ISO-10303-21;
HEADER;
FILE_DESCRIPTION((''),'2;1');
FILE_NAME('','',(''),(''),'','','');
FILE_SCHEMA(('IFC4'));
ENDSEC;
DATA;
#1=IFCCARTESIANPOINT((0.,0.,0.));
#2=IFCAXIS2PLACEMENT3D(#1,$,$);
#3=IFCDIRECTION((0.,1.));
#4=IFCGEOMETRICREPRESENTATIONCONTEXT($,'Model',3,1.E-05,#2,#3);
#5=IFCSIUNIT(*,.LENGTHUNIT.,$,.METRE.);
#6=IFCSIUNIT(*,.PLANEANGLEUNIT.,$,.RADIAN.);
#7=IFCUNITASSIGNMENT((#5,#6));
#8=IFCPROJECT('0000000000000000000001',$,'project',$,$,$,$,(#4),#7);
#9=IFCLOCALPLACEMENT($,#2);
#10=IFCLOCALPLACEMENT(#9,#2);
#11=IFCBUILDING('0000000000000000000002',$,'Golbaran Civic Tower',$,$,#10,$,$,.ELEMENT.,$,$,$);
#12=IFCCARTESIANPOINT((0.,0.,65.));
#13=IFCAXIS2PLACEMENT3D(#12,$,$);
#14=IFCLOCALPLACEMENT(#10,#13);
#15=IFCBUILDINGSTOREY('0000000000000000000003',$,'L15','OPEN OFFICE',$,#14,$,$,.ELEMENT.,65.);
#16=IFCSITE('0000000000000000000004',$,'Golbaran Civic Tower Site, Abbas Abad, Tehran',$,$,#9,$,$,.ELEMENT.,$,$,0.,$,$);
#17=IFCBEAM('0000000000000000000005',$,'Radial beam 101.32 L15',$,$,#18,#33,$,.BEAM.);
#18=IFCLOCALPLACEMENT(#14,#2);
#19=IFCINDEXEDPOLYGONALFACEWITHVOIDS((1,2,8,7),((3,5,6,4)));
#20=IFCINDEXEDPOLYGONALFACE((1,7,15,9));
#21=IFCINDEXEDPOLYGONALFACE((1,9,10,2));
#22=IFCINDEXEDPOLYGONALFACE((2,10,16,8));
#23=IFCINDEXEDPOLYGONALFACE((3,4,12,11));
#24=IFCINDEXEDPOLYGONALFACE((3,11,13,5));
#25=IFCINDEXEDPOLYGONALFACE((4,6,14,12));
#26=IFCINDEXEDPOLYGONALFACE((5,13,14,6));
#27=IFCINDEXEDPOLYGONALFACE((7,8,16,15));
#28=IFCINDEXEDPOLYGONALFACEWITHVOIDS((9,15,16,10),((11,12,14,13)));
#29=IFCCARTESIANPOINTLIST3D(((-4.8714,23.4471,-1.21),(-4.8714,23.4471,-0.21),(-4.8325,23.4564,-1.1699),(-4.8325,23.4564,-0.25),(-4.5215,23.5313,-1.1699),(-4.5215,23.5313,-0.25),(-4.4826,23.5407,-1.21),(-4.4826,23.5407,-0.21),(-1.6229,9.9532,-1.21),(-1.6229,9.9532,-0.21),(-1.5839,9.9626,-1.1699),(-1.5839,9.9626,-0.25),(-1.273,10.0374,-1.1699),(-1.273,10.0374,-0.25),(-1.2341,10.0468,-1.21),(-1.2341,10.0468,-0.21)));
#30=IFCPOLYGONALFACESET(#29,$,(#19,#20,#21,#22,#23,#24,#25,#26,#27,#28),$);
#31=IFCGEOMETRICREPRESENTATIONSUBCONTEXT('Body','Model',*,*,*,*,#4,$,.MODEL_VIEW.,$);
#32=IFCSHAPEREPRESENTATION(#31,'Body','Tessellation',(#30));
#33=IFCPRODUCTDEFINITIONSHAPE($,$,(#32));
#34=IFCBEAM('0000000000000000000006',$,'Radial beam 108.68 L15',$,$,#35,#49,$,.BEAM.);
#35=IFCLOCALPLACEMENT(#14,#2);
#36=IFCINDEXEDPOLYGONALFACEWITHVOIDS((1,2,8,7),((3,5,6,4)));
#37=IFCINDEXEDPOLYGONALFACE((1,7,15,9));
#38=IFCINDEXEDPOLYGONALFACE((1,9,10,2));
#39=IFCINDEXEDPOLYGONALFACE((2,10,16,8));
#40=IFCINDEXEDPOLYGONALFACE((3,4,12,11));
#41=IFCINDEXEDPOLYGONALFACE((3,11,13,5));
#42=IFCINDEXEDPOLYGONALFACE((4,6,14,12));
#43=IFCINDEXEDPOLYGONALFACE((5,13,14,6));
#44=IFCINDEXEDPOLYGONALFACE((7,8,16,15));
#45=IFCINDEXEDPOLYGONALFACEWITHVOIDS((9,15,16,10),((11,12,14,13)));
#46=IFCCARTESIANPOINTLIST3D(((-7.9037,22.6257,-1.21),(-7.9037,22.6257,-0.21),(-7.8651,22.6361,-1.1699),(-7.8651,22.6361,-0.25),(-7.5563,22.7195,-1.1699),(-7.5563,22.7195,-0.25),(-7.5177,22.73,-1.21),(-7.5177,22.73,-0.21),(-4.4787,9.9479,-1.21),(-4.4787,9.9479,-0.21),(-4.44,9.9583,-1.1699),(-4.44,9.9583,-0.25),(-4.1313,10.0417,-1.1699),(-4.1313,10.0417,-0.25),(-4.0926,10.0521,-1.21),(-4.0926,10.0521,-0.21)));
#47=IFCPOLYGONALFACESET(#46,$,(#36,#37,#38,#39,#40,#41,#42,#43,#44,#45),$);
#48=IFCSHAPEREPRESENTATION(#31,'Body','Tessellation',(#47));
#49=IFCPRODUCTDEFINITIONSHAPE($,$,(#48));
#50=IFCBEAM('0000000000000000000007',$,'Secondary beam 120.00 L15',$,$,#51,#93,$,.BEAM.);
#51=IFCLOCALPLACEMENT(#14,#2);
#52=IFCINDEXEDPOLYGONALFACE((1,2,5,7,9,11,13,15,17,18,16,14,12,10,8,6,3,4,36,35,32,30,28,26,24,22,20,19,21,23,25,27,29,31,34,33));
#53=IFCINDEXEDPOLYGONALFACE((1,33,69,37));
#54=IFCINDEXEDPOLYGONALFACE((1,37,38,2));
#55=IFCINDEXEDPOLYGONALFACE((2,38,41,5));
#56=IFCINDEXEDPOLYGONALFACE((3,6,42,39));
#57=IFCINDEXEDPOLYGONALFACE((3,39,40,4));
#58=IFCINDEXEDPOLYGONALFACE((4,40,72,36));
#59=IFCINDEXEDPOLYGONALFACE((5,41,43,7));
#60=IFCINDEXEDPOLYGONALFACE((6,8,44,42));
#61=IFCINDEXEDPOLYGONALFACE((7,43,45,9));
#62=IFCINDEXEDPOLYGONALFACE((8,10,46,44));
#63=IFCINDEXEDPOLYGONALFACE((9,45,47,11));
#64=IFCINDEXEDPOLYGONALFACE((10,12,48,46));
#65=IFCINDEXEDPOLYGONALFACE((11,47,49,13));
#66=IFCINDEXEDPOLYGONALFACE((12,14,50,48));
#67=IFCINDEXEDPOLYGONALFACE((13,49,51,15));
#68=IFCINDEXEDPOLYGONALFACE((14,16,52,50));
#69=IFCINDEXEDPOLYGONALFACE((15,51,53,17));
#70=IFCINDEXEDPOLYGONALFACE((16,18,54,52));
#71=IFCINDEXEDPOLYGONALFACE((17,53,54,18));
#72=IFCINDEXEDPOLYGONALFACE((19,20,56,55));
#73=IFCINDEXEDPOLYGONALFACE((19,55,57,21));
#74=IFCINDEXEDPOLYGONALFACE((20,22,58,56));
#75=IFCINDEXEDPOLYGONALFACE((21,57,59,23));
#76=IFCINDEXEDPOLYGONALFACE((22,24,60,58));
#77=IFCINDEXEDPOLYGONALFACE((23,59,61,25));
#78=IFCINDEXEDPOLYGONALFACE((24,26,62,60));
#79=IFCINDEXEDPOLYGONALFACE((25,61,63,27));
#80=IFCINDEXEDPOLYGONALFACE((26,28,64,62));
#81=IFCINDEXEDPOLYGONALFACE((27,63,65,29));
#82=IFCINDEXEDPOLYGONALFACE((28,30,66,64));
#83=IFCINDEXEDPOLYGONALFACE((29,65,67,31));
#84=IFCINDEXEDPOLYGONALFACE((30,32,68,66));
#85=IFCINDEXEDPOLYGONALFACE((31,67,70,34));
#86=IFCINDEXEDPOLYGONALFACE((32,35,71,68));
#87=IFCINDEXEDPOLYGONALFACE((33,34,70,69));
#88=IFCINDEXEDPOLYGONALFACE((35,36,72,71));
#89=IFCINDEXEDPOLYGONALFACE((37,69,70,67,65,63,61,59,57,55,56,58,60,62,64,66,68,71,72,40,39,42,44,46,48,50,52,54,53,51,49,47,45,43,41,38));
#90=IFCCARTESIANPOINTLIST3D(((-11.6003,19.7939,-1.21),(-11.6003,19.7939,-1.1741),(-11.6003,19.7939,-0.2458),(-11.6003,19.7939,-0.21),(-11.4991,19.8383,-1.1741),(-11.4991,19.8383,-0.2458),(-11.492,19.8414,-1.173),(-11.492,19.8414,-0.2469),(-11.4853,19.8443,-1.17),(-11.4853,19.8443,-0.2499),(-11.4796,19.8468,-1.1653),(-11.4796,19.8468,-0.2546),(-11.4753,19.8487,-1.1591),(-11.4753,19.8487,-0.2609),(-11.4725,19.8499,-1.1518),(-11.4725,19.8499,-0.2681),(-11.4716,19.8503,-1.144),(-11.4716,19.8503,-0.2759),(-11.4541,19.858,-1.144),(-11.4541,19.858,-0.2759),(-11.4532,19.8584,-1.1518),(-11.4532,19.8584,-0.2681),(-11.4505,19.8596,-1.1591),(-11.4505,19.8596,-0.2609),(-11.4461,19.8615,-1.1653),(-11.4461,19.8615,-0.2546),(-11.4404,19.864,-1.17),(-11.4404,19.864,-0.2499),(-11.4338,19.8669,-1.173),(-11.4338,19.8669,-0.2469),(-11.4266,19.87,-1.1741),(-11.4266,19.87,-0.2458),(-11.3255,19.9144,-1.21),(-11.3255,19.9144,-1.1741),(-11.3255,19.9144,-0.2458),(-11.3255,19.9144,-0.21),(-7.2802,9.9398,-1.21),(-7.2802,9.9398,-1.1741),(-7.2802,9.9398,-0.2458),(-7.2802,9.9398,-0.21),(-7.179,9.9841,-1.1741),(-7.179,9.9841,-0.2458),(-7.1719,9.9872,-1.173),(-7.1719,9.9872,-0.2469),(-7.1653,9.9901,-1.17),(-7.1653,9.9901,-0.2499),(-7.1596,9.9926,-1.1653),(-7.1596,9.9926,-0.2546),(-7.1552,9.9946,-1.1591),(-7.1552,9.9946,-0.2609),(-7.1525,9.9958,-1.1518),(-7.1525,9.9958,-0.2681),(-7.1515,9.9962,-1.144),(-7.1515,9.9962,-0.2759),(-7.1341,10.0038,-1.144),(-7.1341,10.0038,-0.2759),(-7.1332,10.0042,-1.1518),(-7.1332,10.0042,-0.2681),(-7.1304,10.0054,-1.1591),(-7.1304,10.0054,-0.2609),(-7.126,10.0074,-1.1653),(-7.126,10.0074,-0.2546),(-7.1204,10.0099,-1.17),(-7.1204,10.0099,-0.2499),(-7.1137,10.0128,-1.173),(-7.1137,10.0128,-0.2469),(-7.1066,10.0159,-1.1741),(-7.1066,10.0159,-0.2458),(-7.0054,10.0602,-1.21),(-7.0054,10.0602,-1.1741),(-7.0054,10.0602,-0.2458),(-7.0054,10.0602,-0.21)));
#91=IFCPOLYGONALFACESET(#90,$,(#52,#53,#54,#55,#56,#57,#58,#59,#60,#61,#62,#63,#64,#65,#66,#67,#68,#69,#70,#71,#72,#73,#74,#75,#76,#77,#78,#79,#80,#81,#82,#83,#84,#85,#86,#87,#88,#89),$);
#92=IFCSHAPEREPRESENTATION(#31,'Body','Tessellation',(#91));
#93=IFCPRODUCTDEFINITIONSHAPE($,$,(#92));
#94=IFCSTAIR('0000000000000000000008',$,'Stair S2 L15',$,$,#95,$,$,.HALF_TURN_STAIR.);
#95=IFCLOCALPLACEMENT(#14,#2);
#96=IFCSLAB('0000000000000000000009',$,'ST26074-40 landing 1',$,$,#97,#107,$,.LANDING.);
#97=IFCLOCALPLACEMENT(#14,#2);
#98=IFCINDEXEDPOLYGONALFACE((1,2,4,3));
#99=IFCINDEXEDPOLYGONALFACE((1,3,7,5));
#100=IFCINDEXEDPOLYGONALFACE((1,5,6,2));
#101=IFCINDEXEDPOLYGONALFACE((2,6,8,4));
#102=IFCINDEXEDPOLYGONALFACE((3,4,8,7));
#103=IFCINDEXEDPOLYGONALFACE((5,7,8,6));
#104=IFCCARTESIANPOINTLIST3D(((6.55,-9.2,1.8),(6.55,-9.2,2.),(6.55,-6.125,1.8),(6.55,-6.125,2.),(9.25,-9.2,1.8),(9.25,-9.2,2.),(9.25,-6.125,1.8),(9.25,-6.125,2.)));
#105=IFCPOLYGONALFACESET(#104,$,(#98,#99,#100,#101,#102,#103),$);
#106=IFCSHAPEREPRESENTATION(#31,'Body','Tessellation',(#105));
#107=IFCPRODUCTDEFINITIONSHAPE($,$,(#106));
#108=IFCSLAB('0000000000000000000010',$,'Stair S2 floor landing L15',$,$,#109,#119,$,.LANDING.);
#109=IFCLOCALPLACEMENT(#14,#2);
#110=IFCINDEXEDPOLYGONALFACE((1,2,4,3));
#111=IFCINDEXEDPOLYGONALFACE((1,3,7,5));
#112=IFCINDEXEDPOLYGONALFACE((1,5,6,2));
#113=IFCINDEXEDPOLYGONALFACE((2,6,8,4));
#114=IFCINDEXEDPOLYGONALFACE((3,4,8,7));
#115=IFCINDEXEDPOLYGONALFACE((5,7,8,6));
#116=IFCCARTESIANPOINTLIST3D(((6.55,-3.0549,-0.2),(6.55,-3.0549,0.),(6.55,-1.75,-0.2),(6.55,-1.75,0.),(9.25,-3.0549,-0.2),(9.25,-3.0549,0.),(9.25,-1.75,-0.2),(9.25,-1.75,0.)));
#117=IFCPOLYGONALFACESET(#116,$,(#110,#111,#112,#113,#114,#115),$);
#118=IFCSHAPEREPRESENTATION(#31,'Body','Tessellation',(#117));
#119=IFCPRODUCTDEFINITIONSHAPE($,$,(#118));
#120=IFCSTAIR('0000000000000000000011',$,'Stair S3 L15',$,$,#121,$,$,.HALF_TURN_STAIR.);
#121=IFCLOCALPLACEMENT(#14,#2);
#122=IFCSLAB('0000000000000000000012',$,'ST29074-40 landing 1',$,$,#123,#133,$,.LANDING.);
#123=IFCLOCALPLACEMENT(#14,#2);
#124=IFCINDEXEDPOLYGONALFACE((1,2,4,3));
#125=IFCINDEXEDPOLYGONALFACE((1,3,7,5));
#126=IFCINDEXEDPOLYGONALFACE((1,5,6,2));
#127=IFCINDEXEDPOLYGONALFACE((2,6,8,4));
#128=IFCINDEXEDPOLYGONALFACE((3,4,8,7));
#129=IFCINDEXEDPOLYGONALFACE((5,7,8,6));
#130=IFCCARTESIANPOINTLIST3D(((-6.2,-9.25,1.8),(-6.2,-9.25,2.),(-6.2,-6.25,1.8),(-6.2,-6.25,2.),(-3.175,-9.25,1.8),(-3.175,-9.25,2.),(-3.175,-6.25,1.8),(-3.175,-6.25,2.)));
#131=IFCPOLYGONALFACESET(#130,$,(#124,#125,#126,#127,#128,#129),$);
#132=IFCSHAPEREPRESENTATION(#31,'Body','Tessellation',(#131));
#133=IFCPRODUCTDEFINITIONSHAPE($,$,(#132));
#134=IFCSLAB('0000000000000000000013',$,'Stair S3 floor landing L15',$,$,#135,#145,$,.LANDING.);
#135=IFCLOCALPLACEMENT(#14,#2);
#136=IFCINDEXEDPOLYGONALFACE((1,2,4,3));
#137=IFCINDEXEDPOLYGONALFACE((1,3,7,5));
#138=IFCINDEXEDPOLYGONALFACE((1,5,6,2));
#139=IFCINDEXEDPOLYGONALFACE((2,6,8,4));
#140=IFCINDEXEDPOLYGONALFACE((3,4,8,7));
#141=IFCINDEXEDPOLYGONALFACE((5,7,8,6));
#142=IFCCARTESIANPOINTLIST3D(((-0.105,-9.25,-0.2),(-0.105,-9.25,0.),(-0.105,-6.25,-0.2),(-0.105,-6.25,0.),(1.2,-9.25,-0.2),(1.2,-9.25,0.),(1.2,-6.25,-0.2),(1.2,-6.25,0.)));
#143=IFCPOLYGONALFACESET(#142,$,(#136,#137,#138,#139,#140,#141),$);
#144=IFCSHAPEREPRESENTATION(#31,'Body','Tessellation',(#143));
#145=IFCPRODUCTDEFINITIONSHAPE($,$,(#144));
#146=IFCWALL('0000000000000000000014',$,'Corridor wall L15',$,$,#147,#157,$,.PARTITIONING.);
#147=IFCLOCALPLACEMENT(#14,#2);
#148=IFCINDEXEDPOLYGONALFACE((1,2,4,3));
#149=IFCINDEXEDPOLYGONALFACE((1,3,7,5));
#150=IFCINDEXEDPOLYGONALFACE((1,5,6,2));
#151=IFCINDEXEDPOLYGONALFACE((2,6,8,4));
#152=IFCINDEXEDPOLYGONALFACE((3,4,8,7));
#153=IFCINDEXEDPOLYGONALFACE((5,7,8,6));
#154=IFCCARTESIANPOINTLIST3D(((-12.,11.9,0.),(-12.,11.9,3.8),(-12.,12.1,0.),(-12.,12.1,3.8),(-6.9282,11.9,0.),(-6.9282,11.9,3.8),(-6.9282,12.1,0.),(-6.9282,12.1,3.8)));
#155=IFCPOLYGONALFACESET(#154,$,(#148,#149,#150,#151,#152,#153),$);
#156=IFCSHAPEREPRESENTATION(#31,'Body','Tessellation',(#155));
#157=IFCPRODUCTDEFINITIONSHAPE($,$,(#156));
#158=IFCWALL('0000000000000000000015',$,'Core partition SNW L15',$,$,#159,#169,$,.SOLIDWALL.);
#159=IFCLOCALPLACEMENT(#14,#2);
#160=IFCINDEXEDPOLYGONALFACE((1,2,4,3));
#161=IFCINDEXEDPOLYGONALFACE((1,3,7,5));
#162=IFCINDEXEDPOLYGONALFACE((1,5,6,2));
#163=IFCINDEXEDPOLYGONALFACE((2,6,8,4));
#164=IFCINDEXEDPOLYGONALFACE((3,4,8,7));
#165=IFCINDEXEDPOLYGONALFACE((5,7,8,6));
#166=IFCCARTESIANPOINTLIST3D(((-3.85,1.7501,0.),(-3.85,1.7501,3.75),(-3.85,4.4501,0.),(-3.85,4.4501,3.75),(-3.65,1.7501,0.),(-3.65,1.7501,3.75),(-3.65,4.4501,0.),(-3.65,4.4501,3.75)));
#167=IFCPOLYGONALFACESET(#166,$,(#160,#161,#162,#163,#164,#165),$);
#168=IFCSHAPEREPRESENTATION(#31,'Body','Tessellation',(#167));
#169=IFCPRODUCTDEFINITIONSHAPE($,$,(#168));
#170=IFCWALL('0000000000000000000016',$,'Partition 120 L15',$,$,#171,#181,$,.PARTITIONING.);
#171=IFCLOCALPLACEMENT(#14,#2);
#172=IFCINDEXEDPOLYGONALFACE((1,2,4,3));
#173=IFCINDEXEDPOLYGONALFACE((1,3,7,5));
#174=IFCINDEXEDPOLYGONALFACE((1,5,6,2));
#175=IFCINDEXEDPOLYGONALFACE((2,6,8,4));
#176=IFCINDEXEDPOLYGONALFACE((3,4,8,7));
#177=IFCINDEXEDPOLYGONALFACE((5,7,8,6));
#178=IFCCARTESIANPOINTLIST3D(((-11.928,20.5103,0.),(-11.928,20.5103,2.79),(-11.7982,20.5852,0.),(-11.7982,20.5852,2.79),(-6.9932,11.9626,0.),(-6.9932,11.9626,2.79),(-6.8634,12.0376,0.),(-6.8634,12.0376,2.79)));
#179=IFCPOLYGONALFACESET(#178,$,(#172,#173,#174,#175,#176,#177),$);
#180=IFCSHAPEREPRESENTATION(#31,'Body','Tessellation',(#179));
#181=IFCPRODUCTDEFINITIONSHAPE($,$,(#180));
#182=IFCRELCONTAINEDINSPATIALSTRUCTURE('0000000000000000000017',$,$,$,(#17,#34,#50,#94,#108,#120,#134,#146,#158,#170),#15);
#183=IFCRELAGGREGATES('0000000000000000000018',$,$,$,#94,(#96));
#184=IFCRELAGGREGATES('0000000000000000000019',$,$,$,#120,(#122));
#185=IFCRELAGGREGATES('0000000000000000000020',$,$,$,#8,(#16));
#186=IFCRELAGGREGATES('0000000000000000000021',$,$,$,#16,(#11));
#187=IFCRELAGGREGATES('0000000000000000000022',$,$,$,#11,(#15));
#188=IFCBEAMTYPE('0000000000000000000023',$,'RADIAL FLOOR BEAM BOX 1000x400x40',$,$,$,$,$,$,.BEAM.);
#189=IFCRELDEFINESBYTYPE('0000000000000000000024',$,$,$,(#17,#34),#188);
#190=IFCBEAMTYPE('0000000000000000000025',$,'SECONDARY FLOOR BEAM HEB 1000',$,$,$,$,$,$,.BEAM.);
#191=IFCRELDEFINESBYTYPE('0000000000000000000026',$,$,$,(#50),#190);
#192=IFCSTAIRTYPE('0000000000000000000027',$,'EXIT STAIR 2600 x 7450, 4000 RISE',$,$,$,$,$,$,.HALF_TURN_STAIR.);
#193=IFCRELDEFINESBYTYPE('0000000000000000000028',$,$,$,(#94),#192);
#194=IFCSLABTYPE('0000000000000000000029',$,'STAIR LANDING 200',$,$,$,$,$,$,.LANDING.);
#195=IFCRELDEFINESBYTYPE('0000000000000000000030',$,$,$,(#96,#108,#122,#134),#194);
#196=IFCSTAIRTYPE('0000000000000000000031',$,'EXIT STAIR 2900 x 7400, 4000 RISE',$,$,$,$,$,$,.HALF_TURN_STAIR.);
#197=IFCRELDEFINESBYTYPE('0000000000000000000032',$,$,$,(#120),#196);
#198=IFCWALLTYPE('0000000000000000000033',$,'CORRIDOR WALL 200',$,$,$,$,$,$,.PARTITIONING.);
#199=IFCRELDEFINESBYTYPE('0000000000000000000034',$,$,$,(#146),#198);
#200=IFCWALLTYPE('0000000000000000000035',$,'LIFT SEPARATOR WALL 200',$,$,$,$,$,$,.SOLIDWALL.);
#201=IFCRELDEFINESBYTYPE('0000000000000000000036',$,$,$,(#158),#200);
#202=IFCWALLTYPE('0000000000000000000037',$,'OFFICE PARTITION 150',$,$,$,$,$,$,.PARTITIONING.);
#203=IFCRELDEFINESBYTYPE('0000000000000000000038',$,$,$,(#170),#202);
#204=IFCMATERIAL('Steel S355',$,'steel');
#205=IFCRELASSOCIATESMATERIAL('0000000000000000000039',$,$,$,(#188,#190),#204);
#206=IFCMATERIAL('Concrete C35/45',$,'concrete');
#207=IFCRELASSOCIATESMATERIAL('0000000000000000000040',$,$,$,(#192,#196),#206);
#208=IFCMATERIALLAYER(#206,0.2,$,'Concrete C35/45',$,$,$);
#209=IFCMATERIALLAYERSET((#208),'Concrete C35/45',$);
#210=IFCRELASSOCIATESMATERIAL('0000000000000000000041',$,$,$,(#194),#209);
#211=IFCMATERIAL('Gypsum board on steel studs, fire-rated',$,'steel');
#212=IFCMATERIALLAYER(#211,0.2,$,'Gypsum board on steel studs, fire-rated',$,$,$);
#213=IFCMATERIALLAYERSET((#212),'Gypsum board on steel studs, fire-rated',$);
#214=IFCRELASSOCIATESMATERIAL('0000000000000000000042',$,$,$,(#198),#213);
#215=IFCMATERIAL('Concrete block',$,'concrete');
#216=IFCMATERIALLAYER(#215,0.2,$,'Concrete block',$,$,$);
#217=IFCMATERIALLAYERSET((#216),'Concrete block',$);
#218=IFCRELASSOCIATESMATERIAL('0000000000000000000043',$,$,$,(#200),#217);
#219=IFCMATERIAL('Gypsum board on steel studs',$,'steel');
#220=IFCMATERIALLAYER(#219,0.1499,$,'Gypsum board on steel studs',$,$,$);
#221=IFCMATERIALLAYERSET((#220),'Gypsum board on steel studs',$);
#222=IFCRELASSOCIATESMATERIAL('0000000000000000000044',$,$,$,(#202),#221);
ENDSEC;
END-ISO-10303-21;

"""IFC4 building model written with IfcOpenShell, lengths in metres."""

from ifc_helpers import new_model, si_unit, direction, frame, frame_2d, origin, origin_2d, place, context, subcontext, project, spatial, polyline, rectangle, hollow_rectangle, i_section, outline, extrude, material, layer, layer_set, material_profile, profile_set, type_object, element, aggregate, save


model = new_model("IFC4")

# Units and contexts
model_context = context("Model", 3, precision=1e-05, world=origin(), true_north=direction((0.0, 1.0)))
body_context = subcontext(model_context, "Body", "Model", "MODEL_VIEW")
ifc_project = project(units=[si_unit("LENGTHUNIT", "METRE"), si_unit("PLANEANGLEUNIT", "RADIAN")], contexts=[model_context])

# Site, building, storey
site_placement = place(None, origin())
site = spatial("IfcSite", under=ifc_project, at=site_placement, Name="Golbaran Civic Tower Site, Abbas Abad, Tehran", CompositionType="ELEMENT", RefElevation=0.0)
building_placement = place(site_placement, origin())
building = spatial("IfcBuilding", under=site, at=building_placement, Name="Golbaran Civic Tower", CompositionType="ELEMENT")
storey_placement = place(building_placement, frame((0.0, 0.0, 65.0)))
storey = spatial("IfcBuildingStorey", under=building, at=storey_placement, Name="L15", Description="OPEN OFFICE", CompositionType="ELEMENT", Elevation=65.0)

# Beams
ifc_material_1 = material(Name="Steel S355", Category="steel")
ifc_material_profile_1 = material_profile(ifc_material_1, hollow_rectangle(XDim=0.3999, YDim=1.0, WallThickness=0.04, at=origin_2d()), Name="BOX 1000x400x40")
ifc_profile_set_1 = profile_set([ifc_material_profile_1], Name="Steel S355")
beam_type_1 = type_object("IfcBeamType", Name="RADIAL FLOOR BEAM BOX 1000x400x40", PredefinedType="BEAM", material=ifc_profile_set_1)
beam_1_placement = place(storey_placement, frame((-1.4285, 10.0, -0.71), z_axis=(-0.234054, 0.972224, 0.0), x_axis=(-0.972224, -0.234054, 0.0)))
element("IfcBeam", 1, at=beam_1_placement, inside=storey, type_object=beam_type_1, Name="Radial beam 101.32 L15", PredefinedType="BEAM", context=body_context, shape_type="SweptSolid", body=[
    extrude(hollow_rectangle(XDim=0.3999, YDim=1.0, WallThickness=0.04, at=origin_2d()), origin(), (0.0, 0.0, 1.0), 13.8794),
])
beam_2_placement = place(storey_placement, frame((-4.2856, 10.0, -0.71), z_axis=(-0.260812, 0.96539, 0.0), x_axis=(-0.96539, -0.260812, 0.0)))
element("IfcBeam", 2, at=beam_2_placement, inside=storey, type_object=beam_type_1, Name="Radial beam 108.68 L15", PredefinedType="BEAM", context=body_context, shape_type="SweptSolid", body=[
    extrude(hollow_rectangle(XDim=0.3999, YDim=1.0, WallThickness=0.04, at=origin_2d()), origin(), (0.0, 0.0, 1.0), 13.1323),
])
ifc_material_profile_2 = material_profile(ifc_material_1, i_section(OverallWidth=0.3, OverallDepth=1.0, WebThickness=0.019, FlangeThickness=0.0359, FilletRadius=0.03, at=origin_2d()), Name="HEB 1000")
ifc_profile_set_2 = profile_set([ifc_material_profile_2], Name="Steel S355")
beam_type_2 = type_object("IfcBeamType", Name="SECONDARY FLOOR BEAM HEB 1000", PredefinedType="BEAM", material=ifc_profile_set_2)
beam_3_placement = place(storey_placement, frame((-7.1428, 10.0, -0.71), z_axis=(-0.401508, 0.915856, 0.0), x_axis=(-0.915856, -0.401508, 0.0)))
element("IfcBeam", 3, at=beam_3_placement, inside=storey, type_object=beam_type_2, Name="Secondary beam 120.00 L15", PredefinedType="BEAM", context=body_context, shape_type="SweptSolid", body=[
    extrude(i_section(OverallWidth=0.3, OverallDepth=1.0, WebThickness=0.019, FlangeThickness=0.0359, FilletRadius=0.03, at=origin_2d()), origin(), (0.0, 0.0, 1.0), 10.7595),
])

# Stair, slab
ifc_material_2 = material(Name="Concrete C35/45", Category="concrete")
stair_type_1 = type_object("IfcStairType", Name="EXIT STAIR 2600 x 7450, 4000 RISE", PredefinedType="HALF_TURN_STAIR", material=ifc_material_2)
stair_1_placement = place(storey_placement, origin())
stair_1 = element("IfcStair", 4, at=stair_1_placement, inside=storey, type_object=stair_type_1, Name="Stair S2 L15", PredefinedType="HALF_TURN_STAIR")
ifc_layer_1 = layer(ifc_material_2, 0.2, Name="Concrete C35/45")
ifc_layer_set_1 = layer_set([ifc_layer_1], Name="Concrete C35/45")
slab_type = type_object("IfcSlabType", Name="STAIR LANDING 200", PredefinedType="LANDING", material=ifc_layer_set_1)
slab_1_placement = place(storey_placement, frame((0.0, 0.0, 1.8)))
slab_1 = element("IfcSlab", 5, at=slab_1_placement, type_object=slab_type, Name="ST26074-40 landing 1", PredefinedType="LANDING", context=body_context, shape_type="SweptSolid", body=[
    extrude(outline(polyline([(9.25, -6.125), (9.25, -9.2), (6.55, -9.2), (6.55, -6.125), (9.25, -6.125)])), origin(), (0.0, 0.0, 1.0), 0.2),
])
aggregate(stair_1, [slab_1])

# Slab
slab_2_placement = place(storey_placement, frame((0.0, 0.0, -0.2)))
element("IfcSlab", 6, at=slab_2_placement, inside=storey, type_object=slab_type, Name="Stair S2 floor landing L15", PredefinedType="LANDING", context=body_context, shape_type="SweptSolid", body=[
    extrude(outline(polyline([(9.25, -1.75), (9.25, -3.0549), (6.55, -3.0549), (6.55, -1.75), (9.25, -1.75)])), origin(), (0.0, 0.0, 1.0), 0.2),
])

# Stair, slab
stair_type_2 = type_object("IfcStairType", Name="EXIT STAIR 2900 x 7400, 4000 RISE", PredefinedType="HALF_TURN_STAIR", material=ifc_material_2)
stair_2_placement = place(storey_placement, origin())
stair_2 = element("IfcStair", 7, at=stair_2_placement, inside=storey, type_object=stair_type_2, Name="Stair S3 L15", PredefinedType="HALF_TURN_STAIR")
slab_3_placement = place(storey_placement, frame((0.0, 0.0, 1.8)))
slab_3 = element("IfcSlab", 8, at=slab_3_placement, type_object=slab_type, Name="ST29074-40 landing 1", PredefinedType="LANDING", context=body_context, shape_type="SweptSolid", body=[
    extrude(outline(polyline([(-3.175, -9.25), (-6.2, -9.25), (-6.2, -6.25), (-3.175, -6.25), (-3.175, -9.25)])), origin(), (0.0, 0.0, 1.0), 0.2),
])
aggregate(stair_2, [slab_3])

# Slab
slab_4_placement = place(storey_placement, frame((0.0, 0.0, -0.2)))
element("IfcSlab", 9, at=slab_4_placement, inside=storey, type_object=slab_type, Name="Stair S3 floor landing L15", PredefinedType="LANDING", context=body_context, shape_type="SweptSolid", body=[
    extrude(outline(polyline([(1.2, -9.25), (-0.105, -9.25), (-0.105, -6.25), (1.2, -6.25), (1.2, -9.25)])), origin(), (0.0, 0.0, 1.0), 0.2),
])

# Walls
ifc_material_3 = material(Name="Gypsum board on steel studs, fire-rated", Category="steel")
ifc_layer_2 = layer(ifc_material_3, 0.2, Name="Gypsum board on steel studs, fire-rated")
ifc_layer_set_2 = layer_set([ifc_layer_2], Name="Gypsum board on steel studs, fire-rated")
wall_type_1 = type_object("IfcWallType", Name="CORRIDOR WALL 200", PredefinedType="PARTITIONING", material=ifc_layer_set_2)
wall_1_placement = place(storey_placement, frame((-6.9282, 12.0, 0.0), z_axis=(0.0, 0.0, 1.0), x_axis=(-1.0, 0.0, 0.0)))
element("IfcWall", 10, at=wall_1_placement, inside=storey, type_object=wall_type_1, Name="Corridor wall L15", PredefinedType="PARTITIONING", context=body_context, shape_type="SweptSolid", body=[
    extrude(rectangle(XDim=5.0718, YDim=0.2, at=frame_2d((2.5359, 0.0))), origin(), (0.0, 0.0, 1.0), 3.8),
])
ifc_material_4 = material(Name="Concrete block", Category="concrete")
ifc_layer_3 = layer(ifc_material_4, 0.2, Name="Concrete block")
ifc_layer_set_3 = layer_set([ifc_layer_3], Name="Concrete block")
wall_type_2 = type_object("IfcWallType", Name="LIFT SEPARATOR WALL 200", PredefinedType="SOLIDWALL", material=ifc_layer_set_3)
wall_2_placement = place(storey_placement, frame((-3.75, 1.75, 0.0), z_axis=(0.0, 0.0, 1.0), x_axis=(0.0, 1.0, 0.0)))
element("IfcWall", 11, at=wall_2_placement, inside=storey, type_object=wall_type_2, Name="Core partition SNW L15", PredefinedType="SOLIDWALL", context=body_context, shape_type="SweptSolid", body=[
    extrude(rectangle(XDim=2.7, YDim=0.2, at=frame_2d((1.3501, 0.0))), origin(), (0.0, 0.0, 1.0), 3.75),
])
ifc_material_5 = material(Name="Gypsum board on steel studs", Category="steel")
ifc_layer_4 = layer(ifc_material_5, 0.1499, Name="Gypsum board on steel studs")
ifc_layer_set_4 = layer_set([ifc_layer_4], Name="Gypsum board on steel studs")
wall_type_3 = type_object("IfcWallType", Name="OFFICE PARTITION 150", PredefinedType="PARTITIONING", material=ifc_layer_set_4)
wall_3_placement = place(storey_placement, frame((-6.9282, 12.0, 0.0), z_axis=(0.0, 0.0, 1.0), x_axis=(-0.499989, 0.866032, 0.0)))
element("IfcWall", 12, at=wall_3_placement, inside=storey, type_object=wall_type_3, Name="Partition 120 L15", PredefinedType="PARTITIONING", context=body_context, shape_type="SweptSolid", body=[
    extrude(rectangle(XDim=9.8699, YDim=0.1499, at=frame_2d((4.9351, 0.0))), origin(), (0.0, 0.0, 1.0), 2.79),
])

save(model, "model.ifc")
